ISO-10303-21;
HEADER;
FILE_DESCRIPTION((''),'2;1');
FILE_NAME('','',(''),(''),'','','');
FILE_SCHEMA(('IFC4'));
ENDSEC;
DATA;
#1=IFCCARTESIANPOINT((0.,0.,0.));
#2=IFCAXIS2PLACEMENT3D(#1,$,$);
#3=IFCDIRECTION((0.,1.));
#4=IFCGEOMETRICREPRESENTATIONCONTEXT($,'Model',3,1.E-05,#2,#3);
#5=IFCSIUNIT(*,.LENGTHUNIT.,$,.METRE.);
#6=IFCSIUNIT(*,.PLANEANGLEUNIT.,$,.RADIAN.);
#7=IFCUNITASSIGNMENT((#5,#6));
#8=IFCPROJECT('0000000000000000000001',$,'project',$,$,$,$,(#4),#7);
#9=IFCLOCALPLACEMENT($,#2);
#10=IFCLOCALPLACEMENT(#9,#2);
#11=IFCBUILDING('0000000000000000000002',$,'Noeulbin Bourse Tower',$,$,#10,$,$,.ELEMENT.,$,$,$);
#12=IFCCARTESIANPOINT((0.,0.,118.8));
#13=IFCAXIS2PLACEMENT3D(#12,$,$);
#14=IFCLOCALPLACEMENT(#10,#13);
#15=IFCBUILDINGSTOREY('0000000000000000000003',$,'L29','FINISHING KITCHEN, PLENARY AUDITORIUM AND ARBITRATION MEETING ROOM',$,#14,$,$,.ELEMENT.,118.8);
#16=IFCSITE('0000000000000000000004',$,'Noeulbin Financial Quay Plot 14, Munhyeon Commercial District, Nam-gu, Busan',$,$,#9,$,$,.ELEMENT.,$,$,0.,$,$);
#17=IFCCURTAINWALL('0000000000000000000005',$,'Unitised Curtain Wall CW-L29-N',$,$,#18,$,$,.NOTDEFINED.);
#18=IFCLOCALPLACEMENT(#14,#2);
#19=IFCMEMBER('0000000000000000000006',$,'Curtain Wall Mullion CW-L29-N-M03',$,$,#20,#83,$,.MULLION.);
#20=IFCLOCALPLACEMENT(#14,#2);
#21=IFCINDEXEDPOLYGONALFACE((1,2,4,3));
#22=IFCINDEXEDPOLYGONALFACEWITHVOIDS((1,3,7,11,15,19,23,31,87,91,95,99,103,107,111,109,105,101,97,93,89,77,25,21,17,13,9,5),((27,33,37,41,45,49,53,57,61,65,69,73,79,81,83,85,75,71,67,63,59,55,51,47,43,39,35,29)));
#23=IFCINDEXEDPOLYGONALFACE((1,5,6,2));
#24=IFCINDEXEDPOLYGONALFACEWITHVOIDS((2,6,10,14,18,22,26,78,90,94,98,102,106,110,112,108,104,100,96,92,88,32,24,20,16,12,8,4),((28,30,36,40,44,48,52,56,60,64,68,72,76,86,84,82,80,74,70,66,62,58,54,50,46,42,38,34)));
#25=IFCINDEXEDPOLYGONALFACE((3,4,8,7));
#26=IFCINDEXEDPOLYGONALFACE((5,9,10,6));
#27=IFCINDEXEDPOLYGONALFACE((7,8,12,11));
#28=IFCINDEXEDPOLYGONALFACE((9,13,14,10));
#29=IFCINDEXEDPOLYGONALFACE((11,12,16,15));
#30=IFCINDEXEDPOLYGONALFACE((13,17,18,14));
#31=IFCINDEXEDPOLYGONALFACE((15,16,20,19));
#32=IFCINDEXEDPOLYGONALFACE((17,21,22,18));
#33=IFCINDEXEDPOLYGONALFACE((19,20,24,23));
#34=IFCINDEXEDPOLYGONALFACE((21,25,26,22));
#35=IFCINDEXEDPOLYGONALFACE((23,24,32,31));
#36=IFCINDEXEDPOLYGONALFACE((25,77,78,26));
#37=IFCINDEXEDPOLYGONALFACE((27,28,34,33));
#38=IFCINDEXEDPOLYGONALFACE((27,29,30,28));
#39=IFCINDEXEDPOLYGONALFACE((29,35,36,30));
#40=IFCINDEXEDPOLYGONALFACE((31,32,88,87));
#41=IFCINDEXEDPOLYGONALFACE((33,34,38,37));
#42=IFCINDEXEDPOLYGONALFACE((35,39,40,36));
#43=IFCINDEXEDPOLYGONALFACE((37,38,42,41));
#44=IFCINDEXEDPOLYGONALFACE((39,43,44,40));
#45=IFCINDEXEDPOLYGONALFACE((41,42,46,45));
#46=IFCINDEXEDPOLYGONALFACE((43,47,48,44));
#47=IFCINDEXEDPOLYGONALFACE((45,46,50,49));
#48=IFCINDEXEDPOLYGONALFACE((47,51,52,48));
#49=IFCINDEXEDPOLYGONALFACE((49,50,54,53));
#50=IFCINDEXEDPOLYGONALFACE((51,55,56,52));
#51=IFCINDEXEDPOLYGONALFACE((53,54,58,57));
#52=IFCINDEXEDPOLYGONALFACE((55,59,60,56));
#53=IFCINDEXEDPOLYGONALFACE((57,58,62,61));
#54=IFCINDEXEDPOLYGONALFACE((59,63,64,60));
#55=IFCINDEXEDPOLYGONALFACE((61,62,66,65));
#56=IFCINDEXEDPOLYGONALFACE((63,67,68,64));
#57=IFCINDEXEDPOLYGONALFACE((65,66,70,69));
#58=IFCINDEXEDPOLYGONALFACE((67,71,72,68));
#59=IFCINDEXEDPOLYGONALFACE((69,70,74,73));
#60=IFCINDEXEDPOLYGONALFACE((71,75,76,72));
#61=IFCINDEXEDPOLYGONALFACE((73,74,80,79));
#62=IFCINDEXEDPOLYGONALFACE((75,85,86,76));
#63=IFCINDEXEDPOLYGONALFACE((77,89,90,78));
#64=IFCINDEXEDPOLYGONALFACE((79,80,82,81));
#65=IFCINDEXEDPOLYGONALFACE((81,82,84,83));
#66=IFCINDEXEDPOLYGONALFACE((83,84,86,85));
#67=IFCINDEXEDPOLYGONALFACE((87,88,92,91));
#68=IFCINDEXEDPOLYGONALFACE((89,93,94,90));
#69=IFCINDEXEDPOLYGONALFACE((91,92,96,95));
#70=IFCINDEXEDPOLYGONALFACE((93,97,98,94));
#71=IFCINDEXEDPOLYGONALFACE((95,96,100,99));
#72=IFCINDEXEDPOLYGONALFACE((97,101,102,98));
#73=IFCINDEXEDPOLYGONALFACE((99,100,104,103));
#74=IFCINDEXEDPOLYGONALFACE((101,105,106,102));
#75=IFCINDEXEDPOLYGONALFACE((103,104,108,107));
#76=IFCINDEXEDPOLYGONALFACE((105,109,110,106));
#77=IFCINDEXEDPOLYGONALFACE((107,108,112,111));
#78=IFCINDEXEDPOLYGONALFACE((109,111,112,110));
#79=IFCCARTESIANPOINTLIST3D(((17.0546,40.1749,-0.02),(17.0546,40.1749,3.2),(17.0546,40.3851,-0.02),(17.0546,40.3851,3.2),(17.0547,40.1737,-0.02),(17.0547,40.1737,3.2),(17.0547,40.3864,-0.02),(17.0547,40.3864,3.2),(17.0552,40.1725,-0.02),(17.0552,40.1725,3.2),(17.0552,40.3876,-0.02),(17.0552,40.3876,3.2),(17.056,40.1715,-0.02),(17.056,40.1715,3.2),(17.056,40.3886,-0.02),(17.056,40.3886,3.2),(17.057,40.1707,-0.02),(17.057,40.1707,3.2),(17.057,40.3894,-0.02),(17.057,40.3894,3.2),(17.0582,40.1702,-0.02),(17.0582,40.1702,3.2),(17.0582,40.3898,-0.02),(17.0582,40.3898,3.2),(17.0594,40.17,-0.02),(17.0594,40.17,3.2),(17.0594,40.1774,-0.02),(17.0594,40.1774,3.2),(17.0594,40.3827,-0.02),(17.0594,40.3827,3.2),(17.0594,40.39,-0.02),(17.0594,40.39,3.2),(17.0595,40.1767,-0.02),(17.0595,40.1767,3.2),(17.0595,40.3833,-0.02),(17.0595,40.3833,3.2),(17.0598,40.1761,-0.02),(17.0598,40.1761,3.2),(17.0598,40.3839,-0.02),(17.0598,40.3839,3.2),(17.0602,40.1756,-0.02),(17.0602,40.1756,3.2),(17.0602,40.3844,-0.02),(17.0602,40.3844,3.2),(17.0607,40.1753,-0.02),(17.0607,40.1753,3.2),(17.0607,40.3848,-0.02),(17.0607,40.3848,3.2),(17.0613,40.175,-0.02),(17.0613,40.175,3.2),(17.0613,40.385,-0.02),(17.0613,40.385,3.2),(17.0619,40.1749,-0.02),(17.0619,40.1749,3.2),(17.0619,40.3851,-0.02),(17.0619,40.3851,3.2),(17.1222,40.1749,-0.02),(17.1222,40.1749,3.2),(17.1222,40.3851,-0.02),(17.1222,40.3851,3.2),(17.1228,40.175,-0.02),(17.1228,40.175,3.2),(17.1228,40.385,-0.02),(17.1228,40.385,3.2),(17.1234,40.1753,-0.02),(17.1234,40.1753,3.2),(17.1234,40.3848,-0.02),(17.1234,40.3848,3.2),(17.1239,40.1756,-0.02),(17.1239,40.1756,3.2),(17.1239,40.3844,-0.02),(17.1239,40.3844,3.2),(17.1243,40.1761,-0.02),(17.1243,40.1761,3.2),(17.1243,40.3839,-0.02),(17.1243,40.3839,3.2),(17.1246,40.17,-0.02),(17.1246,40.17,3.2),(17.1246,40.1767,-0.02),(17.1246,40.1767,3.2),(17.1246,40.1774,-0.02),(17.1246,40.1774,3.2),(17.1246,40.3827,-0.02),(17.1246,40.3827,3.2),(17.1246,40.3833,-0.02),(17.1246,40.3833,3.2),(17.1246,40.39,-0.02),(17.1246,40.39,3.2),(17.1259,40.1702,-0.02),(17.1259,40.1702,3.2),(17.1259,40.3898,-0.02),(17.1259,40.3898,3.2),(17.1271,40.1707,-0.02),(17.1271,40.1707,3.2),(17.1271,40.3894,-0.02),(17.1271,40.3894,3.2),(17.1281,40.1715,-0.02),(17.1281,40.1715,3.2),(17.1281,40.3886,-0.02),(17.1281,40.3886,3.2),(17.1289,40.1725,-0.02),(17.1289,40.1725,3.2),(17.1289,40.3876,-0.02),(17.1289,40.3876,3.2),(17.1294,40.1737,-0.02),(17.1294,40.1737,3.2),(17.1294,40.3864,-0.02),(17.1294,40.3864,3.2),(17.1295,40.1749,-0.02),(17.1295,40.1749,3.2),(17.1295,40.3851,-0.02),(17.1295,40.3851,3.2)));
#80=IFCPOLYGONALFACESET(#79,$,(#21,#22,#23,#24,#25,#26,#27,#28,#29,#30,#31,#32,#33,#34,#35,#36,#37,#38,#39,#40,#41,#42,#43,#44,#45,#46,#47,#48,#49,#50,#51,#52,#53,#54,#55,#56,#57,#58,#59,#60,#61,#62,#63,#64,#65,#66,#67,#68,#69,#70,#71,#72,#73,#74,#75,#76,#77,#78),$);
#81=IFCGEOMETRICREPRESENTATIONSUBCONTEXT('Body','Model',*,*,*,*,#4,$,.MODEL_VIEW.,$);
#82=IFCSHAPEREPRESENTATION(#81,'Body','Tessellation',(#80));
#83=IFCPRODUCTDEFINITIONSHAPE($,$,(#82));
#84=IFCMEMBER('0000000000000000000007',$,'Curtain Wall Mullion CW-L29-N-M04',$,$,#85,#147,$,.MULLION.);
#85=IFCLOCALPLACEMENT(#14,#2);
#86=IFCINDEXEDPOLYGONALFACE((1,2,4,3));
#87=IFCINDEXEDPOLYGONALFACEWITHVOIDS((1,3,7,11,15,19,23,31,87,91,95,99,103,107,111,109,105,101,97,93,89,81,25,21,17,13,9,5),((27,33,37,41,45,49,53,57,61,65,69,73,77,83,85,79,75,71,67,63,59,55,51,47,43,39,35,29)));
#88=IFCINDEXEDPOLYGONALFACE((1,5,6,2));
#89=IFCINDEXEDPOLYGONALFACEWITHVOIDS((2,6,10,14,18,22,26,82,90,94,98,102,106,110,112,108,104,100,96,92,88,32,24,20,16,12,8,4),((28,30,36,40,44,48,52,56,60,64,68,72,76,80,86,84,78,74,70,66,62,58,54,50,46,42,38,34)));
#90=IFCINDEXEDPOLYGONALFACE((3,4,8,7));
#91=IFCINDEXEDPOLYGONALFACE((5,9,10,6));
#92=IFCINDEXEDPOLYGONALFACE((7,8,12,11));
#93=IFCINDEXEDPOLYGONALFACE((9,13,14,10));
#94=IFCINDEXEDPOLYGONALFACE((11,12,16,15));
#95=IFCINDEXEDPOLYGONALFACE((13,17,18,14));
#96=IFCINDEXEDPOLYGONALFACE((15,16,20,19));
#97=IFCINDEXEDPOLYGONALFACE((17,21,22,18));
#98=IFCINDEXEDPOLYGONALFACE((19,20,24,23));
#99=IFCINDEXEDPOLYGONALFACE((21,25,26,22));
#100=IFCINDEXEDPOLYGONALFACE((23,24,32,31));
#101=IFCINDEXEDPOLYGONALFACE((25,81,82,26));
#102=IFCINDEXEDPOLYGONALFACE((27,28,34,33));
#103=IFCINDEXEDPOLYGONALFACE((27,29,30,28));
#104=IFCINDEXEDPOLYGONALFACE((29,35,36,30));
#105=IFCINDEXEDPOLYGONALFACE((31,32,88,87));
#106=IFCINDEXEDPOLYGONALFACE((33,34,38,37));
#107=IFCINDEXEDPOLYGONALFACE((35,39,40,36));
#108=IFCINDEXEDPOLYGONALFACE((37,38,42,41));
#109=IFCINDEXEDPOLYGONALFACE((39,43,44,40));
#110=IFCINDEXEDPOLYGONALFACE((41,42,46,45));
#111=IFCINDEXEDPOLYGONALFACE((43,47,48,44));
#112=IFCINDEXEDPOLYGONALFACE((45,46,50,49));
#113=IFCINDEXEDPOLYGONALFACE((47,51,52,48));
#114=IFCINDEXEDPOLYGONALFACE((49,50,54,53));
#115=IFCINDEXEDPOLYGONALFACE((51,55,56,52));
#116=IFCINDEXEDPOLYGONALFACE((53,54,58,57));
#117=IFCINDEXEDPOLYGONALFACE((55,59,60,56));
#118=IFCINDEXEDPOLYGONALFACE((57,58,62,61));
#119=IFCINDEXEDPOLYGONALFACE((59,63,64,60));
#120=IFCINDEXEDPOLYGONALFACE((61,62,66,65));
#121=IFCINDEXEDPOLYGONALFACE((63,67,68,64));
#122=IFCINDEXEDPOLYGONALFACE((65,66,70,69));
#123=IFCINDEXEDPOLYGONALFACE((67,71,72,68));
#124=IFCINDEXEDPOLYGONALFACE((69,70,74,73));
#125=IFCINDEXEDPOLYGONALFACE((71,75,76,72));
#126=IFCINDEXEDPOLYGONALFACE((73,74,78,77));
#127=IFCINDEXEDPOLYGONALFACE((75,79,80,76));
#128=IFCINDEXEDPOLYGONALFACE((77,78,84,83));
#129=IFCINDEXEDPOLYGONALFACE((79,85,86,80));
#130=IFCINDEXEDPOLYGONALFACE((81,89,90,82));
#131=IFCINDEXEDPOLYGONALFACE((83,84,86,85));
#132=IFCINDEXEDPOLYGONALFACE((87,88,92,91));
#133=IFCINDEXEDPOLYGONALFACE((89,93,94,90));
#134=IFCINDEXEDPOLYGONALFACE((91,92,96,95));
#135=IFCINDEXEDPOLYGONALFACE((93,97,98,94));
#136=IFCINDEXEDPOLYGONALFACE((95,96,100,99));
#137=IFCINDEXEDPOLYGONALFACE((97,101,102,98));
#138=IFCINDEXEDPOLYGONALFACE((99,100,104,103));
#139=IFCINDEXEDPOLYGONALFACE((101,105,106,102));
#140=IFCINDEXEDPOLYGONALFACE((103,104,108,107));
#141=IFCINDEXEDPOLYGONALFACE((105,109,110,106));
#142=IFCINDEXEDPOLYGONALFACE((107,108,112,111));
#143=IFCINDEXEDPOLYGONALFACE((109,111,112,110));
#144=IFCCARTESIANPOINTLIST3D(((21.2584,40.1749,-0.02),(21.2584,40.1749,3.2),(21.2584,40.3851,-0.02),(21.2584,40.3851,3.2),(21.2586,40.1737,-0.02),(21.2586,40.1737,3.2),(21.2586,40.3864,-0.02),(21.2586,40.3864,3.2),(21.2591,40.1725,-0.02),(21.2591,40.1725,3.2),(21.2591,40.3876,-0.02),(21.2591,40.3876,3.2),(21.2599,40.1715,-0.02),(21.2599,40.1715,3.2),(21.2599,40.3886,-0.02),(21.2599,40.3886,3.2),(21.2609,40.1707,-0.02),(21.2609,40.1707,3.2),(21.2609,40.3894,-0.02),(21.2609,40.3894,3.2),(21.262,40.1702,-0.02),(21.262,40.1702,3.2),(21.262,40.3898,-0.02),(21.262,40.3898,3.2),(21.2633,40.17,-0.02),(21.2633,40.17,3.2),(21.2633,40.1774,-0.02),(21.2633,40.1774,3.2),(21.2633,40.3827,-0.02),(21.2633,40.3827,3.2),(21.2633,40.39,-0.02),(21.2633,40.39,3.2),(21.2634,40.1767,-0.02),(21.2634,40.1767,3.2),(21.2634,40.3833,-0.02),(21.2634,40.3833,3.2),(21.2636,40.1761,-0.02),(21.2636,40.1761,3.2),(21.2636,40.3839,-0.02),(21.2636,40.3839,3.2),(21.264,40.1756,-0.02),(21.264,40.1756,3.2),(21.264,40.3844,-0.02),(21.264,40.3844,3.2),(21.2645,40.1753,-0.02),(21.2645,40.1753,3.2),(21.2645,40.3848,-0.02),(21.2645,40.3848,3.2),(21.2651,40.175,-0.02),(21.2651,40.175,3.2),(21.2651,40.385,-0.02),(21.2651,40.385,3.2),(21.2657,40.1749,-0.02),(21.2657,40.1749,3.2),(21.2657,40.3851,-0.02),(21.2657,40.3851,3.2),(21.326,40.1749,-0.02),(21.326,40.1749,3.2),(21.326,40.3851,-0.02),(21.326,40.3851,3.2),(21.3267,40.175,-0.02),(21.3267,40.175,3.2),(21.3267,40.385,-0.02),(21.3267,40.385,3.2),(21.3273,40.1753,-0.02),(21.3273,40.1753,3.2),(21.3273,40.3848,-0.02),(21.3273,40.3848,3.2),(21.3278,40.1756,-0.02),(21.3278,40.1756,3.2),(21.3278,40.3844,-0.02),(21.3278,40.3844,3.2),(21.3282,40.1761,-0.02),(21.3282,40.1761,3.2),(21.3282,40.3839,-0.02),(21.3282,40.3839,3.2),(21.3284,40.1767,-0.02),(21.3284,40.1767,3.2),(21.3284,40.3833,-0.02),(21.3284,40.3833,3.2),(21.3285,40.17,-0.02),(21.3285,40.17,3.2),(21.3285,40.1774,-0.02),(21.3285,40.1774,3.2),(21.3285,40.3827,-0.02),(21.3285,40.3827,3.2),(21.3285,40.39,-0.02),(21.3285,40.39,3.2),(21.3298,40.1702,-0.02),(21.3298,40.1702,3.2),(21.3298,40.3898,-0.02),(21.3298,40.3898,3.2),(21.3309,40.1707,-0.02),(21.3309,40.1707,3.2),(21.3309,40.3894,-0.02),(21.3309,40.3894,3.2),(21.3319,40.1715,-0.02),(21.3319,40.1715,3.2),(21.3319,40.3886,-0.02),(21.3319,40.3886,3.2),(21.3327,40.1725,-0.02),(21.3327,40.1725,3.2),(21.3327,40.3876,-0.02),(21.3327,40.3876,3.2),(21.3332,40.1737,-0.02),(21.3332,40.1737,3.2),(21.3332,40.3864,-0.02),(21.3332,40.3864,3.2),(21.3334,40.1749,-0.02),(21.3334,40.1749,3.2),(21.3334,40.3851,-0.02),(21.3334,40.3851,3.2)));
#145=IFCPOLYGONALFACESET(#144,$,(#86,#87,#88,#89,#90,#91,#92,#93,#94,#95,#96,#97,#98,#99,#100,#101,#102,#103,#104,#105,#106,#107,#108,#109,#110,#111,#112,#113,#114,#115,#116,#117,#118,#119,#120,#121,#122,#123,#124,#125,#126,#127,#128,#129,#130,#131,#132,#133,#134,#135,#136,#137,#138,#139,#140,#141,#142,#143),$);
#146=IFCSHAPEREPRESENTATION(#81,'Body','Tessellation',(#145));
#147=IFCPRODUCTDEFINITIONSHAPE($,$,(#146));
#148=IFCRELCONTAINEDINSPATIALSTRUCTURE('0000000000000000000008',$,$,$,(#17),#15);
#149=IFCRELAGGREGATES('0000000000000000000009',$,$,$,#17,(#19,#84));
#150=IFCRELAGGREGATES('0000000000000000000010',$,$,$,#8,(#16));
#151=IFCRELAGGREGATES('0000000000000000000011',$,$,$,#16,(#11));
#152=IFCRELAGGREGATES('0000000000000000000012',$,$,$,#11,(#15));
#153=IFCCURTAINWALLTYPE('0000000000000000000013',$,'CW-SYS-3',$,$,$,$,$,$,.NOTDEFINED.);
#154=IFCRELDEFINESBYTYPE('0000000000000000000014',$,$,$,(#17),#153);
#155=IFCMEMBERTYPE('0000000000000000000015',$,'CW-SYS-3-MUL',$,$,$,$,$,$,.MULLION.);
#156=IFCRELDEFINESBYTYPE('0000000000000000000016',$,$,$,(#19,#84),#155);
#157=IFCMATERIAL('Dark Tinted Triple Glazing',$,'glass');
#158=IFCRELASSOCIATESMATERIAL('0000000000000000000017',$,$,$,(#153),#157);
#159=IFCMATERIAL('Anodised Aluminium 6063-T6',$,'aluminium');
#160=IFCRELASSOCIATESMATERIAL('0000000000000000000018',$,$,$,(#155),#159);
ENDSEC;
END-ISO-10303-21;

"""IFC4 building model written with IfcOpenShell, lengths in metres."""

from ifc_helpers import new_model, si_unit, direction, frame, origin, origin_2d, place, context, subcontext, project, spatial, hollow_rectangle, extrude, material, material_profile, profile_set, type_object, element, aggregate, save


model = new_model("IFC4")

# Units and contexts
model_context = context("Model", 3, precision=1e-05, world=origin(), true_north=direction((0.0, 1.0)))
body_context = subcontext(model_context, "Body", "Model", "MODEL_VIEW")
ifc_project = project(units=[si_unit("LENGTHUNIT", "METRE"), si_unit("PLANEANGLEUNIT", "RADIAN")], contexts=[model_context])

# Site, building, storey
site_placement = place(None, origin())
site = spatial("IfcSite", under=ifc_project, at=site_placement, Name="Noeulbin Financial Quay Plot 14, Munhyeon Commercial District, Nam-gu, Busan", CompositionType="ELEMENT", RefElevation=0.0)
building_placement = place(site_placement, origin())
building = spatial("IfcBuilding", under=site, at=building_placement, Name="Noeulbin Bourse Tower", CompositionType="ELEMENT")
storey_placement = place(building_placement, frame((0.0, 0.0, 118.8)))
storey = spatial("IfcBuildingStorey", under=building, at=storey_placement, Name="L29", Description="FINISHING KITCHEN, PLENARY AUDITORIUM AND ARBITRATION MEETING ROOM", CompositionType="ELEMENT", Elevation=118.8)

# Curtain wall, members
ifc_material_1 = material(Name="Dark Tinted Triple Glazing", Category="glass")
curtain_wall_type = type_object("IfcCurtainWallType", Name="CW-SYS-3", PredefinedType="NOTDEFINED", material=ifc_material_1)
curtain_wall_placement = place(storey_placement, origin())
curtain_wall = element("IfcCurtainWall", 1, at=curtain_wall_placement, inside=storey, type_object=curtain_wall_type, Name="Unitised Curtain Wall CW-L29-N", PredefinedType="NOTDEFINED")
ifc_material_2 = material(Name="Anodised Aluminium 6063-T6", Category="aluminium")
ifc_material_profile_1 = material_profile(ifc_material_2, hollow_rectangle(XDim=0.075, YDim=0.22, WallThickness=0.0049, InnerFilletRadius=0.0024, OuterFilletRadius=0.0049, at=origin_2d()), Name="ALU-MULL-75x220x5", Category="LoadBearing")
ifc_profile_set_1 = profile_set([ifc_material_profile_1], Name="Anodised Aluminium 6063-T6")
member_type = type_object("IfcMemberType", Name="CW-SYS-3-MUL", PredefinedType="MULLION", material=ifc_profile_set_1)
member_1_placement = place(storey_placement, frame((17.092, 40.28, -0.02), z_axis=(0.0, 0.0, 1.0), x_axis=(1.0, 0.0, 0.0)))
member_1 = element("IfcMember", 2, at=member_1_placement, type_object=member_type, Name="Curtain Wall Mullion CW-L29-N-M03", PredefinedType="MULLION", context=body_context, shape_type="SweptSolid", body=[
    extrude(hollow_rectangle(XDim=0.075, YDim=0.22, WallThickness=0.0049, InnerFilletRadius=0.0024, OuterFilletRadius=0.0049, at=origin_2d()), origin(), (0.0, 0.0, 1.0), 3.22),
])
member_2_placement = place(storey_placement, frame((21.2959, 40.28, -0.02), z_axis=(0.0, 0.0, 1.0), x_axis=(1.0, 0.0, 0.0)))
member_2 = element("IfcMember", 3, at=member_2_placement, type_object=member_type, Name="Curtain Wall Mullion CW-L29-N-M04", PredefinedType="MULLION", context=body_context, shape_type="SweptSolid", body=[
    extrude(hollow_rectangle(XDim=0.075, YDim=0.22, WallThickness=0.0049, InnerFilletRadius=0.0024, OuterFilletRadius=0.0049, at=origin_2d()), origin(), (0.0, 0.0, 1.0), 3.22),
])
aggregate(curtain_wall, [member_1, member_2])

save(model, "model.ifc")
